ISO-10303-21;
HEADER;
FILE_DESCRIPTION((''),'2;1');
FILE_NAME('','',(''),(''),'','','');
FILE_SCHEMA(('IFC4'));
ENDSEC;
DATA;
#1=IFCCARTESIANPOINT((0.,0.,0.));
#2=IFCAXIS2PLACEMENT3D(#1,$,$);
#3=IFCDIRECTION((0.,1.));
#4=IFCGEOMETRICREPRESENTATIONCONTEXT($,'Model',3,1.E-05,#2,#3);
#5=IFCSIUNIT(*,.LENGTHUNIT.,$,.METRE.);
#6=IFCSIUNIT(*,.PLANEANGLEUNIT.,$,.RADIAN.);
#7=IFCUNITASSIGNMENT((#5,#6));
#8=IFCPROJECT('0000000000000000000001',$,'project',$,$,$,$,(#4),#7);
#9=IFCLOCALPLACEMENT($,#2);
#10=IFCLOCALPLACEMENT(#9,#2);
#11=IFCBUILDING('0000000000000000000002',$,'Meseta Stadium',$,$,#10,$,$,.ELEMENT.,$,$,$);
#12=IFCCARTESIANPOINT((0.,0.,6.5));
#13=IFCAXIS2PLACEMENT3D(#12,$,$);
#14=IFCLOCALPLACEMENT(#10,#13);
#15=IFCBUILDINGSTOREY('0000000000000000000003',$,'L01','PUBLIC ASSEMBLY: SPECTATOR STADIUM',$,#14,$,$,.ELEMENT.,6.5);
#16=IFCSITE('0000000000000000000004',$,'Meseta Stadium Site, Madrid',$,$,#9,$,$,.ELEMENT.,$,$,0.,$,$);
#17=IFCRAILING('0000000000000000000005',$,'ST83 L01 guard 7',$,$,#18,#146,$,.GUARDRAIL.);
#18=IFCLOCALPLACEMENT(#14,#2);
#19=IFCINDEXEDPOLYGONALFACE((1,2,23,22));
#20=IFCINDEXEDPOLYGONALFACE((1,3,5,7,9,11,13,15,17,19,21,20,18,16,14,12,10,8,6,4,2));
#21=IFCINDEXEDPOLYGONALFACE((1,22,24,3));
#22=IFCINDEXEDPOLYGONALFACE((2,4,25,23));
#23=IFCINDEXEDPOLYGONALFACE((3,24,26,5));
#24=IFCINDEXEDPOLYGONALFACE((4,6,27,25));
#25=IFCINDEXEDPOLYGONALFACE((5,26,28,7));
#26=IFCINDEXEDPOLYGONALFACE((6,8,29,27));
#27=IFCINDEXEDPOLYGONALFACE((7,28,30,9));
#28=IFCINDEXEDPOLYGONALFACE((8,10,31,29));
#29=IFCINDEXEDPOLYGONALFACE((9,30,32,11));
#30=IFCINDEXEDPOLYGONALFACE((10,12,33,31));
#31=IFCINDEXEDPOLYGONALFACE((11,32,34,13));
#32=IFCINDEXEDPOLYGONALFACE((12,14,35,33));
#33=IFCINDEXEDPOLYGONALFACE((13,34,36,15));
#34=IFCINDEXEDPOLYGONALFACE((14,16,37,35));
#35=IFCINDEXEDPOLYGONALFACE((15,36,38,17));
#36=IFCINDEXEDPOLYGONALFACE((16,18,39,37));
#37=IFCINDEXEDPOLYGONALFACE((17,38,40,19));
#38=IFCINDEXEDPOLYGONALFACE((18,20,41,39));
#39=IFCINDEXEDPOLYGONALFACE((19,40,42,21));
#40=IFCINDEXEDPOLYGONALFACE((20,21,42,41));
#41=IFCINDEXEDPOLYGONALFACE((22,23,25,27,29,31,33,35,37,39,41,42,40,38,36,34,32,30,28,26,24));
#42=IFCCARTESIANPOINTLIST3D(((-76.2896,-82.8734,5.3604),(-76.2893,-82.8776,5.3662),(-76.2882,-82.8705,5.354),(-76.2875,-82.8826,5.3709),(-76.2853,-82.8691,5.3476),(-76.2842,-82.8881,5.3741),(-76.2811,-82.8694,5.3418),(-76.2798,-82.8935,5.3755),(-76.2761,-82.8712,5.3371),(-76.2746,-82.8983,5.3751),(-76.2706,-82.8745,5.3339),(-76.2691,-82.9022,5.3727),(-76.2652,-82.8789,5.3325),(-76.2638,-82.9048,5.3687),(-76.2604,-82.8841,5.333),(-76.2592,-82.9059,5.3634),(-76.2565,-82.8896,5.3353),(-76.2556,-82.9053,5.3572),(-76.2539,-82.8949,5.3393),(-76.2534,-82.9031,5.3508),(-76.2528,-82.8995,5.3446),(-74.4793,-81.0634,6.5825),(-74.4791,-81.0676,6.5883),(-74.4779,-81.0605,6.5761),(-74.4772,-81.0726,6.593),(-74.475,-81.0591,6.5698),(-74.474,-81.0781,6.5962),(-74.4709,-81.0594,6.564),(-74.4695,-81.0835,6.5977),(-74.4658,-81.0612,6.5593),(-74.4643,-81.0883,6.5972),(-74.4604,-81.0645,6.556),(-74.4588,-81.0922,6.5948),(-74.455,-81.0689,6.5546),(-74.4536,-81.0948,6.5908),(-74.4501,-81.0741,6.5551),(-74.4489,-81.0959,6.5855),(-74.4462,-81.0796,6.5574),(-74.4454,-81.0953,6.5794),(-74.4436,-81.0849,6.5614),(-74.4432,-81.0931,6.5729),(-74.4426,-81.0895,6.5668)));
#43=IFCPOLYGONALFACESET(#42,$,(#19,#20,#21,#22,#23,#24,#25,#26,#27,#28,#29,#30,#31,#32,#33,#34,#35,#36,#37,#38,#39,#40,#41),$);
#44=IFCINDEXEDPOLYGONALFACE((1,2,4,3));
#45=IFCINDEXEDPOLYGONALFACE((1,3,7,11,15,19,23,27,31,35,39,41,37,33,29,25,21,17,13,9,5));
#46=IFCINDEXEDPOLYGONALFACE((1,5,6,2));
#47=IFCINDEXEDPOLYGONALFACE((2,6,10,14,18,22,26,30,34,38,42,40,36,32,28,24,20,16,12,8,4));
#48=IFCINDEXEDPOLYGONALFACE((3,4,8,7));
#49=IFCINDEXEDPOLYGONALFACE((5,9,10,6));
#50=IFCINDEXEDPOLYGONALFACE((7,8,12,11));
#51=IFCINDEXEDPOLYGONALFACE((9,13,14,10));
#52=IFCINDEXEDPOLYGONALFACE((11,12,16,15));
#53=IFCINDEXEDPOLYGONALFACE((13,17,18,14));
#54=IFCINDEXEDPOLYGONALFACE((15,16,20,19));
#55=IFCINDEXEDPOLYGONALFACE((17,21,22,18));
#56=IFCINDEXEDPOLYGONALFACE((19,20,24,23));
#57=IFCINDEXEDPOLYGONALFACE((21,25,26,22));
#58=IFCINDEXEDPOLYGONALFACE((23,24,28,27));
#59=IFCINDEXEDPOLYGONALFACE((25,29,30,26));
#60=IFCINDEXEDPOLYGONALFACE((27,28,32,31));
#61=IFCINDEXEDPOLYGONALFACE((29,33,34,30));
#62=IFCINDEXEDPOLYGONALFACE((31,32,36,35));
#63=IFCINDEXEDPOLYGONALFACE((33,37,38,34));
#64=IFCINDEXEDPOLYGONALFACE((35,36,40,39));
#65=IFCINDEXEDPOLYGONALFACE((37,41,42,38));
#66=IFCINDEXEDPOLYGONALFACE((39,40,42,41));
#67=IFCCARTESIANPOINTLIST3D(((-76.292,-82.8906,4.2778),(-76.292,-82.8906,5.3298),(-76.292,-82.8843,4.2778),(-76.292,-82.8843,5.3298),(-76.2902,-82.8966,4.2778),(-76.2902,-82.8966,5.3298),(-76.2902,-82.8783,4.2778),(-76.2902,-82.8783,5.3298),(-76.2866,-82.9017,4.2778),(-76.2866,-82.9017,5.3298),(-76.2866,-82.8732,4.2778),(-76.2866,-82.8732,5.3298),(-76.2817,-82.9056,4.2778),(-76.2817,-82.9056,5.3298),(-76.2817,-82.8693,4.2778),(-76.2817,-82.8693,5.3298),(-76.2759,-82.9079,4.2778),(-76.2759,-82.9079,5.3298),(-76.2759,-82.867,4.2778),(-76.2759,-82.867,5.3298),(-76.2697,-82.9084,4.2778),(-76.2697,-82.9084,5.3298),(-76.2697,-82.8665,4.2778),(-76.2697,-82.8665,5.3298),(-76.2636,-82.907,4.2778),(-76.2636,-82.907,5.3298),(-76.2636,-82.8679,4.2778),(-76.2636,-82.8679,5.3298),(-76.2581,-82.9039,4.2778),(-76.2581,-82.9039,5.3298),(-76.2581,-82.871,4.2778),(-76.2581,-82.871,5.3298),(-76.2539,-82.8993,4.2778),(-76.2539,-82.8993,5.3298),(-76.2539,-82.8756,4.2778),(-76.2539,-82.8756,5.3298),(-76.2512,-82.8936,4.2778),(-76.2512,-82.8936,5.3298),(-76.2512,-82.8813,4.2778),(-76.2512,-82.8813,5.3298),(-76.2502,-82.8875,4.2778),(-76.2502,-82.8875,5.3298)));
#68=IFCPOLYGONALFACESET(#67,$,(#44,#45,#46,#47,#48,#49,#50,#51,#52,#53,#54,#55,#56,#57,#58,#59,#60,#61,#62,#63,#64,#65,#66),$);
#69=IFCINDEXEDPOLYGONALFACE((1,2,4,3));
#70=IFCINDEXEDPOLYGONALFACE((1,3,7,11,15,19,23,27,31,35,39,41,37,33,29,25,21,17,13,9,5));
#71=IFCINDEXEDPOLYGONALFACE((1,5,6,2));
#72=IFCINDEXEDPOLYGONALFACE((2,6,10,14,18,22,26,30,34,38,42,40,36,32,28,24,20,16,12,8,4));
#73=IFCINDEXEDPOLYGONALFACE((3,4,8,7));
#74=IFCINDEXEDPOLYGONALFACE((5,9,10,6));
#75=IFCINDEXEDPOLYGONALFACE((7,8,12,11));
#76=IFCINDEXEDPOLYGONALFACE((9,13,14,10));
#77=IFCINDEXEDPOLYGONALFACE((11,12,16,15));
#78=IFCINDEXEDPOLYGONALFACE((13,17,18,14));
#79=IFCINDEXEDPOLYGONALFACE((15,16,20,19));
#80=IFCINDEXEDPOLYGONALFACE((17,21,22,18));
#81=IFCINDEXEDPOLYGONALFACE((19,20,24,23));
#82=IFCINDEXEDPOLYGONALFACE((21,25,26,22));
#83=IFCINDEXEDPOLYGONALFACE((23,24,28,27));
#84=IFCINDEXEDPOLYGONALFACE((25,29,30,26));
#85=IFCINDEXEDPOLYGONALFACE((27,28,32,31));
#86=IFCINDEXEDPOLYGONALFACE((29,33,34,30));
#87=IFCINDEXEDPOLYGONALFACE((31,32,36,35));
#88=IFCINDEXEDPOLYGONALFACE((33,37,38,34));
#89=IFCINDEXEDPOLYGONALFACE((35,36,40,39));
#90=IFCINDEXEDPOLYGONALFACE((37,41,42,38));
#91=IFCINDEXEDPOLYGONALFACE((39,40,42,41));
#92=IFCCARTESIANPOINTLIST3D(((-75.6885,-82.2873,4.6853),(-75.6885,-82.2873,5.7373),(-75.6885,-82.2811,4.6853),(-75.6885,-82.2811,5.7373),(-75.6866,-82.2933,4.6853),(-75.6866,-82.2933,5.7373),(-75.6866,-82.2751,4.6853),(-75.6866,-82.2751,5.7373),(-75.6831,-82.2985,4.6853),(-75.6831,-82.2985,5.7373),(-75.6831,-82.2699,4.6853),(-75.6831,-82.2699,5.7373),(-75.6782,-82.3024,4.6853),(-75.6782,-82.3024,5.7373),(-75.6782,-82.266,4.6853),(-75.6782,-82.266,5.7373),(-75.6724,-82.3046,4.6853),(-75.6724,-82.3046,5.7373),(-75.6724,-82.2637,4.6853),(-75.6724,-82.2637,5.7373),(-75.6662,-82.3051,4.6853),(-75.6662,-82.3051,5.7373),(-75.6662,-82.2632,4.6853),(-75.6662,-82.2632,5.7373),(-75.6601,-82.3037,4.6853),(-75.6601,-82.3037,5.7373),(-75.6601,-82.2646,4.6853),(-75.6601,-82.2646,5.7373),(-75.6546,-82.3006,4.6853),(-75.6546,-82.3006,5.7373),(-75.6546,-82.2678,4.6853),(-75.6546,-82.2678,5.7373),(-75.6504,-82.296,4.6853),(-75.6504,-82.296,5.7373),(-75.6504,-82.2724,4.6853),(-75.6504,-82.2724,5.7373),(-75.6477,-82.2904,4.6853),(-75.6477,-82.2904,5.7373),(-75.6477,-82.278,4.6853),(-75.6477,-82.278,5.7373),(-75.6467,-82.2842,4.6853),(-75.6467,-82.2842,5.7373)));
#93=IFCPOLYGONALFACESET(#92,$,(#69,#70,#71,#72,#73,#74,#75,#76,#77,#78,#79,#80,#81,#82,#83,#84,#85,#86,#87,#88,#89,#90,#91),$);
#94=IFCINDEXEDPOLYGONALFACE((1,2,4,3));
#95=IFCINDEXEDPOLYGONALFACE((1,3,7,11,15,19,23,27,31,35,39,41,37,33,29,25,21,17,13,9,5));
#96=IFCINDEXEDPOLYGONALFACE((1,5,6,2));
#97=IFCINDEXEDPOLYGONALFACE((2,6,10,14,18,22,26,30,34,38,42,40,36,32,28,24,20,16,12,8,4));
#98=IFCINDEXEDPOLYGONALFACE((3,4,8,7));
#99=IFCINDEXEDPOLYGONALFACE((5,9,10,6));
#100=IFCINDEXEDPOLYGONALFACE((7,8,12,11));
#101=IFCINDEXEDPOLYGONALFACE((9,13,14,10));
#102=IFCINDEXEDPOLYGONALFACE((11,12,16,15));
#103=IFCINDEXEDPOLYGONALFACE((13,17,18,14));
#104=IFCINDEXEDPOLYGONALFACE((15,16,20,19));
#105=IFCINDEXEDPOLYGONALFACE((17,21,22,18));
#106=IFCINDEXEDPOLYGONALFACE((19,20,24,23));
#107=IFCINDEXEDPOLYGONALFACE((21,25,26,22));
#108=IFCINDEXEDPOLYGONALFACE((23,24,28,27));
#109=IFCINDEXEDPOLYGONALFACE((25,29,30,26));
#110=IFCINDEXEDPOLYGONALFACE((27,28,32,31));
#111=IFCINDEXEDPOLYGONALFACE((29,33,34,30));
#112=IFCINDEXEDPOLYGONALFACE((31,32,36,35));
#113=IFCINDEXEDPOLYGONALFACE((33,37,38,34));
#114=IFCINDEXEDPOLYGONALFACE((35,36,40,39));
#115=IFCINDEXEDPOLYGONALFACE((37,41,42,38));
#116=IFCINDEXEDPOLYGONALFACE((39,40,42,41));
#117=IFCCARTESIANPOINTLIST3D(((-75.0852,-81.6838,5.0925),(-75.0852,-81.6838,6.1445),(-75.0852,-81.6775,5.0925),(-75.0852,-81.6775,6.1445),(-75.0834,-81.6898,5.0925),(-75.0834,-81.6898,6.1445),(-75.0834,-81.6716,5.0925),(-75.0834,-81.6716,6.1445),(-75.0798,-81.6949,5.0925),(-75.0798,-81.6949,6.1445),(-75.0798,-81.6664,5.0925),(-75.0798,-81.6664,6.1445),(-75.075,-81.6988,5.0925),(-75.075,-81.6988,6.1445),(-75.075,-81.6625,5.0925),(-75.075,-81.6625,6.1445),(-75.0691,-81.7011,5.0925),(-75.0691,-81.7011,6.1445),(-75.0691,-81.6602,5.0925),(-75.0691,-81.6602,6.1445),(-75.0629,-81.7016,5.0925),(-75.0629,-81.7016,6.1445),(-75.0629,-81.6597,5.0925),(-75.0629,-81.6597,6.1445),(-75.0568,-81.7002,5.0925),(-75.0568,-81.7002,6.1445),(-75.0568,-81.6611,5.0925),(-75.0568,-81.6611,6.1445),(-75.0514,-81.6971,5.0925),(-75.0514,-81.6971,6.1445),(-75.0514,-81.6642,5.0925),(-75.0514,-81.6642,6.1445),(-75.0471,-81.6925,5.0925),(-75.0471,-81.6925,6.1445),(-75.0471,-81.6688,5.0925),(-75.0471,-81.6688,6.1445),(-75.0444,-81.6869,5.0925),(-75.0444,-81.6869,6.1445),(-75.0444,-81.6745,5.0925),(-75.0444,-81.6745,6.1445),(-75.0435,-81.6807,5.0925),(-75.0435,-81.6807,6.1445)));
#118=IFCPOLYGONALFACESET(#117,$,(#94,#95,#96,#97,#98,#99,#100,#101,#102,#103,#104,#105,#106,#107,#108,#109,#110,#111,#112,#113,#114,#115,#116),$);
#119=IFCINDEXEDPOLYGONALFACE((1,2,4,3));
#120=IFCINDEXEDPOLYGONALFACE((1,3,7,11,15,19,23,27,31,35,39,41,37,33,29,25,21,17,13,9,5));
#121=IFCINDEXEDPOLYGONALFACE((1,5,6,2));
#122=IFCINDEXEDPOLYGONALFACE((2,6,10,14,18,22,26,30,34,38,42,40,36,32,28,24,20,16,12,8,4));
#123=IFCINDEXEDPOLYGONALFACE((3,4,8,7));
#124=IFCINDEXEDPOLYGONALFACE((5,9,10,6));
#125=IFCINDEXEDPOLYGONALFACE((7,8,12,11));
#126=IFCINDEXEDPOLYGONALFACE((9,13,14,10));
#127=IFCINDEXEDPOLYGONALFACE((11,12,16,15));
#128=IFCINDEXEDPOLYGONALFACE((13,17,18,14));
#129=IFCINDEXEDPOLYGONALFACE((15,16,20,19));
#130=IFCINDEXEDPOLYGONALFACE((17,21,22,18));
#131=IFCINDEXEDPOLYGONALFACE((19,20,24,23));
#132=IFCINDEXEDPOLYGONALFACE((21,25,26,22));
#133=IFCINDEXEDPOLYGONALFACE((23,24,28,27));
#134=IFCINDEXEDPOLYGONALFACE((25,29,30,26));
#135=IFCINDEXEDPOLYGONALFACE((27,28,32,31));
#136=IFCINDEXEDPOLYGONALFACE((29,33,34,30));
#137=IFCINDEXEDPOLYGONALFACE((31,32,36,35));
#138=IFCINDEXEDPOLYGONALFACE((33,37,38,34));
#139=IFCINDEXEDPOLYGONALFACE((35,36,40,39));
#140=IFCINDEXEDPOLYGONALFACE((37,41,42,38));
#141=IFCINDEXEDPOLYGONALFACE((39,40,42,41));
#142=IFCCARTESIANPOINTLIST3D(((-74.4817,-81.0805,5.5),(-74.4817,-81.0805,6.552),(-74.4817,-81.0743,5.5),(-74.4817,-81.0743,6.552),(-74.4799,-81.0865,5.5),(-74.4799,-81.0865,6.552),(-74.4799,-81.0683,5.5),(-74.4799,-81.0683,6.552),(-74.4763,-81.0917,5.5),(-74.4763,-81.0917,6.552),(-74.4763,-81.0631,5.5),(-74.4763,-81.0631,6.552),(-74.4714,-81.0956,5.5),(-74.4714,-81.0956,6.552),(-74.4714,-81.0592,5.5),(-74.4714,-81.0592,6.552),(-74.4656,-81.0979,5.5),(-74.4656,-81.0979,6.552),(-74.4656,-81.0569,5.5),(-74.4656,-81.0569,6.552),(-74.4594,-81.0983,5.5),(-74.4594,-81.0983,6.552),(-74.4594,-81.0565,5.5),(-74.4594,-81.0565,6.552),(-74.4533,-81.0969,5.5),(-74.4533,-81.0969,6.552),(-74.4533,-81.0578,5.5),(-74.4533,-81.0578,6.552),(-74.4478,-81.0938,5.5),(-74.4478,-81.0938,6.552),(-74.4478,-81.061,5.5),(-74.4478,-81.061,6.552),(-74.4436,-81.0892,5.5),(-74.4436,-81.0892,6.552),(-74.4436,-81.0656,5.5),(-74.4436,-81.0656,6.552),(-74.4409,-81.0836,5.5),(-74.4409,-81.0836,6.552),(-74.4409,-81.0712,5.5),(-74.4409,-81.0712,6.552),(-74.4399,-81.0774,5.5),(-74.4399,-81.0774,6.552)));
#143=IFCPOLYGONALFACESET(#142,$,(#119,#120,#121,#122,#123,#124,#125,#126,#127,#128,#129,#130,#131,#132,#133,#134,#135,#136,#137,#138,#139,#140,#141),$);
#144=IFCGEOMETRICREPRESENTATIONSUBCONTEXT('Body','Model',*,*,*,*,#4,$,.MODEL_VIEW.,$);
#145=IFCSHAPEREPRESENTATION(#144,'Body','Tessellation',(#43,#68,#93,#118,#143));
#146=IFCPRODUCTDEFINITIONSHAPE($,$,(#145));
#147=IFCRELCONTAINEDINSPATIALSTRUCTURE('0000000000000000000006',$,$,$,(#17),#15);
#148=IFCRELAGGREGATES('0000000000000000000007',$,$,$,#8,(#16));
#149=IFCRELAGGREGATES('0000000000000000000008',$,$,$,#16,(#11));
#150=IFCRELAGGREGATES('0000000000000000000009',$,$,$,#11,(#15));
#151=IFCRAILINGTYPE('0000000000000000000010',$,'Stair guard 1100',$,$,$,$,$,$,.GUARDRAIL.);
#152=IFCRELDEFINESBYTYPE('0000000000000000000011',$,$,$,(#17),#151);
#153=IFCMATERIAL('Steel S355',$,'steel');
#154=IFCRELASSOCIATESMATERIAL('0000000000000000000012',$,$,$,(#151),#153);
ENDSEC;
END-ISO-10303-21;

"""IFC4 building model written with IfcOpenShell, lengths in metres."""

from ifc_helpers import new_model, si_unit, direction, frame, origin, origin_2d, place, context, subcontext, project, spatial, circle, extrude, material, type_object, element, save


model = new_model("IFC4")

# Units and contexts
model_context = context("Model", 3, precision=1e-05, world=origin(), true_north=direction((0.0, 1.0)))
body_context = subcontext(model_context, "Body", "Model", "MODEL_VIEW")
ifc_project = project(units=[si_unit("LENGTHUNIT", "METRE"), si_unit("PLANEANGLEUNIT", "RADIAN")], contexts=[model_context])

# Site, building, storey
site_placement = place(None, origin())
site = spatial("IfcSite", under=ifc_project, at=site_placement, Name="Meseta Stadium Site, Madrid", CompositionType="ELEMENT", RefElevation=0.0)
building_placement = place(site_placement, origin())
building = spatial("IfcBuilding", under=site, at=building_placement, Name="Meseta Stadium", CompositionType="ELEMENT")
storey_placement = place(building_placement, frame((0.0, 0.0, 6.5)))
storey = spatial("IfcBuildingStorey", under=building, at=storey_placement, Name="L01", Description="PUBLIC ASSEMBLY: SPECTATOR STADIUM", CompositionType="ELEMENT", Elevation=6.5)

# Railing
ifc_material_1 = material(Name="Steel S355", Category="steel")
railing_type_1 = type_object("IfcRailingType", Name="Stair guard 1100", PredefinedType="GUARDRAIL", material=ifc_material_1)
railing_1_placement = place(storey_placement, frame((-76.2712, -82.8875, 4.2778)))
element("IfcRailing", 1, at=railing_1_placement, inside=storey, type_object=railing_type_1, Name="ST83 L01 guard 7", PredefinedType="GUARDRAIL", context=body_context, shape_type="SweptSolid", body=[
    extrude(circle(Radius=0.0239, at=origin_2d()), frame((0.0, 0.0, 1.0762), z_axis=(0.638159, 0.638073, 0.430832), x_axis=(-0.707059, 0.707154, 0.0)), (0.0, 0.0, 1.0), 2.8367),
    extrude(circle(Radius=0.021, at=origin_2d()), origin(), (0.0, 0.0, 1.0), 1.052),
    extrude(circle(Radius=0.021, at=origin_2d()), frame((0.6035, 0.6033, 0.4075)), (0.0, 0.0, 1.0), 1.052),
    extrude(circle(Radius=0.021, at=origin_2d()), frame((1.2068, 1.2068, 0.8147)), (0.0, 0.0, 1.0), 1.052),
    extrude(circle(Radius=0.021, at=origin_2d()), frame((1.8103, 1.8101, 1.2222)), (0.0, 0.0, 1.0), 1.052),
])

save(model, "model.ifc")
